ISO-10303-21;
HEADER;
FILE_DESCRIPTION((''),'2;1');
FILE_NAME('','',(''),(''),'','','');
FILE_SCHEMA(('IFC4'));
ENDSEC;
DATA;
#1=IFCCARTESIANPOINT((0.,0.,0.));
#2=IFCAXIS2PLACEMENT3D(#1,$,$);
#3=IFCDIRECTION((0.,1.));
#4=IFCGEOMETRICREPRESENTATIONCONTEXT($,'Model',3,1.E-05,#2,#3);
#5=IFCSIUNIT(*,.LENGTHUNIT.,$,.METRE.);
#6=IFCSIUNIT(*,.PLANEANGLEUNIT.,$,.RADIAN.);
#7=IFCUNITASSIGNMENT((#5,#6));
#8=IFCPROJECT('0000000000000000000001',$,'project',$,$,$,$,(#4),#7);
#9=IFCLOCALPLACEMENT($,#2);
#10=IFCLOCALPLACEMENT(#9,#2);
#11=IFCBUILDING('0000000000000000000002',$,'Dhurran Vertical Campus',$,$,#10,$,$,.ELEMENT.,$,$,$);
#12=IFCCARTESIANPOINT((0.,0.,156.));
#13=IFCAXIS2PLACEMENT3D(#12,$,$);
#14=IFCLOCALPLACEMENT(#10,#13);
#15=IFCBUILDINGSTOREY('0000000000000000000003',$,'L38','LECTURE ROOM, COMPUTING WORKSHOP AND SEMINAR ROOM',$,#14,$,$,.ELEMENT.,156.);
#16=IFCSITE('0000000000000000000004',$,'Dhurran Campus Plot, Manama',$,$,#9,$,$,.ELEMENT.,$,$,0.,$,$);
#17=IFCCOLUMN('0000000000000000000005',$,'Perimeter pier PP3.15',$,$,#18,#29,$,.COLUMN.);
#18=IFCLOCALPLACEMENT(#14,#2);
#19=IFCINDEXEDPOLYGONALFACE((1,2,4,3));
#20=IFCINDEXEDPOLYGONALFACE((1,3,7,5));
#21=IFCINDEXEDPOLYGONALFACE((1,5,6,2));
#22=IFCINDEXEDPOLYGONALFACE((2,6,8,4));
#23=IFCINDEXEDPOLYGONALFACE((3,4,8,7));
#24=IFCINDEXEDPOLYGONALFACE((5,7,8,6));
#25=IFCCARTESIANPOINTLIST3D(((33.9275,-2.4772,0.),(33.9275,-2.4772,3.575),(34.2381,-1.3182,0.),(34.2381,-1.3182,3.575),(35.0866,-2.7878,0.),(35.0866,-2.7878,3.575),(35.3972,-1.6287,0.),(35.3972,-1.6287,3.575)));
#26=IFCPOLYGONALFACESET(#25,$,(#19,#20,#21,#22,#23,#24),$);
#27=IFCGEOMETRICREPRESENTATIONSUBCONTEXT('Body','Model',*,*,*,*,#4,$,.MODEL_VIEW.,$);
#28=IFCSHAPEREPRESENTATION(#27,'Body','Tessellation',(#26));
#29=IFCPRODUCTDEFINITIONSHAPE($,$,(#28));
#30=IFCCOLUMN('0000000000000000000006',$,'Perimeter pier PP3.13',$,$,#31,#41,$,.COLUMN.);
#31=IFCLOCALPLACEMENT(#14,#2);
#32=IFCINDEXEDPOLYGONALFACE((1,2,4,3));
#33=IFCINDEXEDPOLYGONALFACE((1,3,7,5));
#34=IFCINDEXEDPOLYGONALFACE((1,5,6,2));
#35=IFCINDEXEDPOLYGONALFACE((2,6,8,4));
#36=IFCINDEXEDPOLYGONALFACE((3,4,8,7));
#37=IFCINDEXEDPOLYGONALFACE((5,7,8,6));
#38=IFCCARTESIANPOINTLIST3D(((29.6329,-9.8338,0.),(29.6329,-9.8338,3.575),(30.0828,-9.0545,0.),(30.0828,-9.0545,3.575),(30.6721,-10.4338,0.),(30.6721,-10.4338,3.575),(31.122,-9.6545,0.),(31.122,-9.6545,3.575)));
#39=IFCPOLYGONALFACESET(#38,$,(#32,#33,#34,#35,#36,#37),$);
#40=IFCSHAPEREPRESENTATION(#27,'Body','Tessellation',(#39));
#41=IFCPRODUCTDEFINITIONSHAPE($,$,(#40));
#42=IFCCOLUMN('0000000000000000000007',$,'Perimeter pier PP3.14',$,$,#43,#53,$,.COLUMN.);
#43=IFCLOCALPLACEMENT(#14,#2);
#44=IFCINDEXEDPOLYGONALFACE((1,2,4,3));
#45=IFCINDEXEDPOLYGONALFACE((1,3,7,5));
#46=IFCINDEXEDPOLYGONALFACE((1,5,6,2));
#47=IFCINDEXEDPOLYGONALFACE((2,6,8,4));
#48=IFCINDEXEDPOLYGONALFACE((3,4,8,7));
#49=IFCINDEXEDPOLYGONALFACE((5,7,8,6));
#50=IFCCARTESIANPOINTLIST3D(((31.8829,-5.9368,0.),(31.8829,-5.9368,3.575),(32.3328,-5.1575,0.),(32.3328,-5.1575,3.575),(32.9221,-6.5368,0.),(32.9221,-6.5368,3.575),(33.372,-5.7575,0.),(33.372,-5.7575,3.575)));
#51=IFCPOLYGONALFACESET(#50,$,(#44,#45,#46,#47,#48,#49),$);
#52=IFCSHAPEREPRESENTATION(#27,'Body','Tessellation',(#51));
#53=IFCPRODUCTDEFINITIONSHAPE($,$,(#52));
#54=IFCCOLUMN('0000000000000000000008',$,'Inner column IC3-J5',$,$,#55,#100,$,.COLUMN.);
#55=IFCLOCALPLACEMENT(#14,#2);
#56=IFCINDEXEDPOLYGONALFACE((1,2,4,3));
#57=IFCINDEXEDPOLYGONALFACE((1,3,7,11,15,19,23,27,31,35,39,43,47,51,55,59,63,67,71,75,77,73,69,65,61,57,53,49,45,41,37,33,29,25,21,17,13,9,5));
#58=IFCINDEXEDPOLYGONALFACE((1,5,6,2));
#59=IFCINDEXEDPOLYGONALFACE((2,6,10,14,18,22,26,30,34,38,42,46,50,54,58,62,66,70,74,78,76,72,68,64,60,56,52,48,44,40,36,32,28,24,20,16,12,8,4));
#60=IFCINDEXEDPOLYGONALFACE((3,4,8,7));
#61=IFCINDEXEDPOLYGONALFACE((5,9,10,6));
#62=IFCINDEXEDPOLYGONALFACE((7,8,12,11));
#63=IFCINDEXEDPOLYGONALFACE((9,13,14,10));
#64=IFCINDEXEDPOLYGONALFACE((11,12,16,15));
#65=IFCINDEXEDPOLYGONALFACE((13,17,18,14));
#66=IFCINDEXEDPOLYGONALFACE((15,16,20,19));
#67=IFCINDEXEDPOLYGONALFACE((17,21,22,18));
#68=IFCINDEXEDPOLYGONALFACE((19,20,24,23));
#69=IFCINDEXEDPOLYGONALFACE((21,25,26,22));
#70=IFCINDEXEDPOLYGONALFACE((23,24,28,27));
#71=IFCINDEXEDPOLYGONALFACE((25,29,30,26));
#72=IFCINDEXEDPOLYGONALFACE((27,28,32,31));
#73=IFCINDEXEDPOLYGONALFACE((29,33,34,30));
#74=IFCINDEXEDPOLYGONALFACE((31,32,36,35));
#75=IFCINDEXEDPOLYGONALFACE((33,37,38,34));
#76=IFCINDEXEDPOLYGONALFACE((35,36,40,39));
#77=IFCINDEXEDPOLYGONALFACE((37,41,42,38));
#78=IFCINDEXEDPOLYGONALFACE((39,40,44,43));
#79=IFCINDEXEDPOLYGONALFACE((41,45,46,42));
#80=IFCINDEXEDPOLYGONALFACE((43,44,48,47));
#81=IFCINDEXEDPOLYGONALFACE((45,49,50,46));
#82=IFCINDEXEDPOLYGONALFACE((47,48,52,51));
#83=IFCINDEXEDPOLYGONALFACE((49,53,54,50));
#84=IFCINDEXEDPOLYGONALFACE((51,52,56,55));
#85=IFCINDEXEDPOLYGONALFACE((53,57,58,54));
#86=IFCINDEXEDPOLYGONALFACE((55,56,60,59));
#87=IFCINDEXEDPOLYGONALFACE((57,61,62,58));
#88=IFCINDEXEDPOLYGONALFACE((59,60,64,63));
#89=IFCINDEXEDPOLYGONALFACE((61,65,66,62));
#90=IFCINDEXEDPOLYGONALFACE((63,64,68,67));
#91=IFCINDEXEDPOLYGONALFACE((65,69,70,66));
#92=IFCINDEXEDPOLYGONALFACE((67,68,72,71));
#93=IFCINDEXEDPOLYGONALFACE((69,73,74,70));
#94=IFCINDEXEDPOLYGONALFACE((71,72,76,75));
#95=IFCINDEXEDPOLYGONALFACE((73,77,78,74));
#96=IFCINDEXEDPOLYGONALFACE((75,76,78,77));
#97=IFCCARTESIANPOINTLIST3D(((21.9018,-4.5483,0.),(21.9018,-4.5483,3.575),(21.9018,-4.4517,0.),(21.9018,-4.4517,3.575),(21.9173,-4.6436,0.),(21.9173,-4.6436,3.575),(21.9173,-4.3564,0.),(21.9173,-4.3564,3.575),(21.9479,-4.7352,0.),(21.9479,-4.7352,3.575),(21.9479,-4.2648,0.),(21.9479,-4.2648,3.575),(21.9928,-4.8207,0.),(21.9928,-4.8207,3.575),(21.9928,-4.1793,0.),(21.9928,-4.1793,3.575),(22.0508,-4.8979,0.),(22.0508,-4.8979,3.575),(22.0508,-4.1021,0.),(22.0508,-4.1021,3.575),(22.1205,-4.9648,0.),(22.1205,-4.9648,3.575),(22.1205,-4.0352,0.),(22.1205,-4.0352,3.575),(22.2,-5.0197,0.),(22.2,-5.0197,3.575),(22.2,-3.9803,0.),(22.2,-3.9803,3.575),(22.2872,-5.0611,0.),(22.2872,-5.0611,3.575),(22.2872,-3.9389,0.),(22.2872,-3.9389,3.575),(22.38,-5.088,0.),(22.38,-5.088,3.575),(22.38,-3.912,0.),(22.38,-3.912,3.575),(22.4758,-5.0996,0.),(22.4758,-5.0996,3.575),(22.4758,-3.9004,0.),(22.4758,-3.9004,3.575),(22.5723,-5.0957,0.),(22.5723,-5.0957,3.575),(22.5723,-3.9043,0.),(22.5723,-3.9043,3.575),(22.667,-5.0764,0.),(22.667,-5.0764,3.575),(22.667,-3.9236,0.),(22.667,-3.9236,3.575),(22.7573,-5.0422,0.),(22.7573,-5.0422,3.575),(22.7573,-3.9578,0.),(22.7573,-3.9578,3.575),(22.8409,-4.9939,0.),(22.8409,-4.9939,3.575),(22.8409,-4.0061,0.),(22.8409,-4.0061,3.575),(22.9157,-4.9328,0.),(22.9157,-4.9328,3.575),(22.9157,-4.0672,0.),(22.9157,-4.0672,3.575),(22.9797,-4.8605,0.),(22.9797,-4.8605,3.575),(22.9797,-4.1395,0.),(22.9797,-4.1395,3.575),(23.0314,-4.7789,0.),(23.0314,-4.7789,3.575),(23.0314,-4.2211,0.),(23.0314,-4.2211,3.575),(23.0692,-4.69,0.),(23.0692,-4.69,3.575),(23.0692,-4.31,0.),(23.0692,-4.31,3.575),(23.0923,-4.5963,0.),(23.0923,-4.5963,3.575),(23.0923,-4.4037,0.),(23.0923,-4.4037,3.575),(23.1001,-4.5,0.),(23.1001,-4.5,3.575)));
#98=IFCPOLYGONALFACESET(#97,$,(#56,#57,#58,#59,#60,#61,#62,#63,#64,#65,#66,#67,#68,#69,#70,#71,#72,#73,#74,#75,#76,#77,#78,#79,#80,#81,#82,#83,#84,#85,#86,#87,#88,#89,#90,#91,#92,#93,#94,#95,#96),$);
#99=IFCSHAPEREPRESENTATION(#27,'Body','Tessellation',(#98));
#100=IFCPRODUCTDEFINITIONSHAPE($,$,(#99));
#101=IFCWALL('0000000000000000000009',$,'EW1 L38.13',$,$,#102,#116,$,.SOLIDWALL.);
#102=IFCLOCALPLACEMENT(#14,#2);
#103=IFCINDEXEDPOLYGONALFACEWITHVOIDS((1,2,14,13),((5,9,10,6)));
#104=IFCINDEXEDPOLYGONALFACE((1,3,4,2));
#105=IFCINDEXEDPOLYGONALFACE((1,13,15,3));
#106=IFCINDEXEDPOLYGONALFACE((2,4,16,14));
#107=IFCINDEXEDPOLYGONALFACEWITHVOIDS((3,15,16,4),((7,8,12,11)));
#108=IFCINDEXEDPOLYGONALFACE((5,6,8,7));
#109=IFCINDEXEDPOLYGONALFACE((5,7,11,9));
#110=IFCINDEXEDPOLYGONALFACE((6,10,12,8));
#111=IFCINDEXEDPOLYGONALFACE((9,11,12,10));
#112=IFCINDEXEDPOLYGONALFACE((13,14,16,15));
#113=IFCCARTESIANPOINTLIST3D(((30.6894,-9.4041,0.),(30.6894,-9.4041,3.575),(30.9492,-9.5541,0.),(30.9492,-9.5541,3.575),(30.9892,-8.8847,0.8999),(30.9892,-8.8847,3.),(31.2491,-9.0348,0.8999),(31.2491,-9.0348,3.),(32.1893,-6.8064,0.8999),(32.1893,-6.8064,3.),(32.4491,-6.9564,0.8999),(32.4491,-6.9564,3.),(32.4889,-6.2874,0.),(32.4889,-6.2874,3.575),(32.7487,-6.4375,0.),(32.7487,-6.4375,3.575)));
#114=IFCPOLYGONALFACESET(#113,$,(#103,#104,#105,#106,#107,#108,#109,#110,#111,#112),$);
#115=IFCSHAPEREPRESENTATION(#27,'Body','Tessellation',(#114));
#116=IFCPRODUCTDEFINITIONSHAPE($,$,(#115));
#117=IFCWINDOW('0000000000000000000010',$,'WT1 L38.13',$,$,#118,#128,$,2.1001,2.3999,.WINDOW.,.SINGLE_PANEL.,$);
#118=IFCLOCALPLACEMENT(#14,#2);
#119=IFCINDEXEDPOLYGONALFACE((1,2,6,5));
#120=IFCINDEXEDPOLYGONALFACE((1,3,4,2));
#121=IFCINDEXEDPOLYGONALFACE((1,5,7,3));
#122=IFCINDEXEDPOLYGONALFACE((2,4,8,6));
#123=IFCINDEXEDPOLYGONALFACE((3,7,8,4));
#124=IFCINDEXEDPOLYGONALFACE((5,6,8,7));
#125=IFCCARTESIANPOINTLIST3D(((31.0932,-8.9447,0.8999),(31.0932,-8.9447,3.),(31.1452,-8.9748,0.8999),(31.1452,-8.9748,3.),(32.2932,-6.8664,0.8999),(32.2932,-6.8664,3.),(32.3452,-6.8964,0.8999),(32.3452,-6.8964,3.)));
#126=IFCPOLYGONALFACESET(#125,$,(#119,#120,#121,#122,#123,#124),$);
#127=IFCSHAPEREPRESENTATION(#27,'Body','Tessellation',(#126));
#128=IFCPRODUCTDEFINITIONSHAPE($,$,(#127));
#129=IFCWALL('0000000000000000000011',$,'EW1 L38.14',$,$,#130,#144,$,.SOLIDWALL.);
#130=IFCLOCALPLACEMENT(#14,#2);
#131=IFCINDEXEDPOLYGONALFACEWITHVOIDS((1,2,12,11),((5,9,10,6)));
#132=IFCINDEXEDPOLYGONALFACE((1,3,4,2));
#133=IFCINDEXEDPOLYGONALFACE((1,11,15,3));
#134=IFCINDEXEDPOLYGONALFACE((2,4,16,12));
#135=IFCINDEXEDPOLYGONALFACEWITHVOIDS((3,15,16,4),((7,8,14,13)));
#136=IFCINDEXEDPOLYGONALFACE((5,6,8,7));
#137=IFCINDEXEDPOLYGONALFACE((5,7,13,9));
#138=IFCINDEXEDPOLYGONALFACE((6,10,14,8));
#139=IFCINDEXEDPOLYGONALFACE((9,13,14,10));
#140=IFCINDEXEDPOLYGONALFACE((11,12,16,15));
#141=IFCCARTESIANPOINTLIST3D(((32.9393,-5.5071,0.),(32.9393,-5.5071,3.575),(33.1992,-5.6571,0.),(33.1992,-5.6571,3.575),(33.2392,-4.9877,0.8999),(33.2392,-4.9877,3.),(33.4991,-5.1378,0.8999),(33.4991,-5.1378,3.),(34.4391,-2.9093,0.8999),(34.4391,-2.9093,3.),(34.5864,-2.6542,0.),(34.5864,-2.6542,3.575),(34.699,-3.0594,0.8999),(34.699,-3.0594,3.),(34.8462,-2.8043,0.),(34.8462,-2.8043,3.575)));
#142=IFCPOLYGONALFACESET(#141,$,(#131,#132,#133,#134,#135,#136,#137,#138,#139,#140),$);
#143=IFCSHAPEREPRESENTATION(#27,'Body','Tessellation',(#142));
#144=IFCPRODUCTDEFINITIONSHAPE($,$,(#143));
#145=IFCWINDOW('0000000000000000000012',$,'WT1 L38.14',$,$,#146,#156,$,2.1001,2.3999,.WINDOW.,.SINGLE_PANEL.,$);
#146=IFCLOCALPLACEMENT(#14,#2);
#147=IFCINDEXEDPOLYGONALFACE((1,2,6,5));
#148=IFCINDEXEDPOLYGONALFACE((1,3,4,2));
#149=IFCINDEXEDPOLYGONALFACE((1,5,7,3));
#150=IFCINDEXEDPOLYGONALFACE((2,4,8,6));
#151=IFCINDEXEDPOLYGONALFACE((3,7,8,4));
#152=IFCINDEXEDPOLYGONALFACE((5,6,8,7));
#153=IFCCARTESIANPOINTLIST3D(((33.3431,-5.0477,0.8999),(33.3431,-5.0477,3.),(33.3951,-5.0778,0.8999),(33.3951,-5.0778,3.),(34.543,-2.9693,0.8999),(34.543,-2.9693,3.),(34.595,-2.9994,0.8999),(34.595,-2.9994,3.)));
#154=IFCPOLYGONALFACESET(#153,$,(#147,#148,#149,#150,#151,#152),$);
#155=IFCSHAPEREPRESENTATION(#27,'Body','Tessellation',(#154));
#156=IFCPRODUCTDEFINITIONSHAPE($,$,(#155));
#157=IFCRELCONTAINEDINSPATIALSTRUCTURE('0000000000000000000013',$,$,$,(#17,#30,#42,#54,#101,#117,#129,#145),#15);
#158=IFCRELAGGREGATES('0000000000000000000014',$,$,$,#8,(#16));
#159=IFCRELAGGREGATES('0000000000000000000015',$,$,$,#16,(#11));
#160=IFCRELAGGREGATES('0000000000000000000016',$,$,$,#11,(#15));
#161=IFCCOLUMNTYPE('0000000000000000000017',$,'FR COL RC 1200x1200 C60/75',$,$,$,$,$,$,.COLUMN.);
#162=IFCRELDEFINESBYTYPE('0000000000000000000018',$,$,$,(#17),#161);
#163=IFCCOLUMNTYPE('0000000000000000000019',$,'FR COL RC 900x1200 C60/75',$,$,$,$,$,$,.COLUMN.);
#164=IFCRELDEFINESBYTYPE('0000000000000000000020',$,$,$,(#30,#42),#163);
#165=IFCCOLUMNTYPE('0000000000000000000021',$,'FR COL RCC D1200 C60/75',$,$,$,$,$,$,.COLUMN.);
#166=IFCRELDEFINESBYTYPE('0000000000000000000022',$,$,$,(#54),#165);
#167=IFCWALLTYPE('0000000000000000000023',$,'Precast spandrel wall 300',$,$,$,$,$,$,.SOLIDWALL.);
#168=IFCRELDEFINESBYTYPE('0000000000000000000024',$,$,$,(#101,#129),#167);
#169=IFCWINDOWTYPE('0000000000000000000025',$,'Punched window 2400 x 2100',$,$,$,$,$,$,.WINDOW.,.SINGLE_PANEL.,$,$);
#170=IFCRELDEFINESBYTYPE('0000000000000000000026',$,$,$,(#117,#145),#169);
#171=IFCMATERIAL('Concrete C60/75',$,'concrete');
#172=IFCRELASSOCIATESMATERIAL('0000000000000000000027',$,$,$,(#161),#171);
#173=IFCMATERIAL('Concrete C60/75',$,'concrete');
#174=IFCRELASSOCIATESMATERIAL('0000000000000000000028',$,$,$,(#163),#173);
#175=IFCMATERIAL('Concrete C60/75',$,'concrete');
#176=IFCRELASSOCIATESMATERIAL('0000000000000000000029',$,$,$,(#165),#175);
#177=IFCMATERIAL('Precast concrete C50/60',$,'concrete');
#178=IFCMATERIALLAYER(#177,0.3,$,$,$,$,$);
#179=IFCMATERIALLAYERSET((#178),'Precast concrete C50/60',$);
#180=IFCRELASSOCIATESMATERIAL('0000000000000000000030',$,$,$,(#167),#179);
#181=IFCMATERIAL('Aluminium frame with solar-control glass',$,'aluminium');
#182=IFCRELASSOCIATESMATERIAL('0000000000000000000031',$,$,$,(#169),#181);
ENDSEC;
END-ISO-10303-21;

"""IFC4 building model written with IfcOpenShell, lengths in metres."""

from ifc_helpers import new_model, si_unit, direction, frame, frame_2d, origin, origin_2d, place, context, subcontext, project, spatial, rectangle, circle, extrude, material, layer, layer_set, material_profile, profile_set, type_object, element, fill, save


model = new_model("IFC4")

# Units and contexts
model_context = context("Model", 3, precision=1e-05, world=origin(), true_north=direction((0.0, 1.0)))
body_context = subcontext(model_context, "Body", "Model", "MODEL_VIEW")
ifc_project = project(units=[si_unit("LENGTHUNIT", "METRE"), si_unit("PLANEANGLEUNIT", "RADIAN")], contexts=[model_context])

# Site, building, storey
site_placement = place(None, origin())
site = spatial("IfcSite", under=ifc_project, at=site_placement, Name="Dhurran Campus Plot, Manama", CompositionType="ELEMENT", RefElevation=0.0)
building_placement = place(site_placement, origin())
building = spatial("IfcBuilding", under=site, at=building_placement, Name="Dhurran Vertical Campus", CompositionType="ELEMENT")
storey_placement = place(building_placement, frame((0.0, 0.0, 156.0)))
storey = spatial("IfcBuildingStorey", under=building, at=storey_placement, Name="L38", Description="LECTURE ROOM, COMPUTING WORKSHOP AND SEMINAR ROOM", CompositionType="ELEMENT", Elevation=156.0)

# Columns
ifc_material_1 = material(Name="Concrete C60/75", Category="concrete")
ifc_material_profile_1 = material_profile(ifc_material_1, rectangle(XDim=1.2, YDim=1.2, at=origin_2d()), Name="RC 1200x1200")
ifc_profile_set_1 = profile_set([ifc_material_profile_1], Name="Concrete C60/75")
column_type_1 = type_object("IfcColumnType", Name="FR COL RC 1200x1200 C60/75", PredefinedType="COLUMN", material=ifc_profile_set_1)
column_1_placement = place(storey_placement, frame((34.6624, -2.053, 0.0), z_axis=(0.0, 0.0, 1.0), x_axis=(0.258819, 0.965926, 0.0)))
element("IfcColumn", 1, at=column_1_placement, inside=storey, type_object=column_type_1, Name="Perimeter pier PP3.15", PredefinedType="COLUMN", context=body_context, shape_type="SweptSolid", body=[
    extrude(rectangle(XDim=1.2, YDim=1.2, at=origin_2d()), origin(), (0.0, 0.0, 1.0), 3.575),
])
ifc_material_2 = material(Name="Concrete C60/75", Category="concrete")
ifc_material_profile_2 = material_profile(ifc_material_2, rectangle(XDim=0.8999, YDim=1.2, at=origin_2d()), Name="RC 900x1200")
ifc_profile_set_2 = profile_set([ifc_material_profile_2], Name="Concrete C60/75")
column_type_2 = type_object("IfcColumnType", Name="FR COL RC 900x1200 C60/75", PredefinedType="COLUMN", material=ifc_profile_set_2)
for number, where, z_axis, x_axis, name in (
    (2, (30.3774, -9.7441, 0.0), (0.0, 0.0, 1.0), (0.5, 0.866025, 0.0), "Perimeter pier PP3.13"),
    (3, (32.6274, -5.8472, 0.0), (0.0, 0.0, 1.0), (0.5, 0.866025, 0.0), "Perimeter pier PP3.14"),
):
    element("IfcColumn", number, at=place(storey_placement, frame(where, z_axis=z_axis, x_axis=x_axis)), inside=storey, type_object=column_type_2, Name=name, PredefinedType="COLUMN", context=body_context, shape_type="SweptSolid", body=[
        extrude(rectangle(XDim=0.8999, YDim=1.2, at=origin_2d()), origin(), (0.0, 0.0, 1.0), 3.575),
    ])
ifc_material_3 = material(Name="Concrete C60/75", Category="concrete")
ifc_material_profile_3 = material_profile(ifc_material_3, circle(Radius=0.6001, at=origin_2d()), Name="RCC D1200")
ifc_profile_set_3 = profile_set([ifc_material_profile_3], Name="Concrete C60/75")
column_type_3 = type_object("IfcColumnType", Name="FR COL RCC D1200 C60/75", PredefinedType="COLUMN", material=ifc_profile_set_3)
column_2_placement = place(storey_placement, frame((22.5, -4.5, 0.0), z_axis=(0.0, 0.0, 1.0), x_axis=(1.0, 0.0, 0.0)))
element("IfcColumn", 4, at=column_2_placement, inside=storey, type_object=column_type_3, Name="Inner column IC3-J5", PredefinedType="COLUMN", context=body_context, shape_type="SweptSolid", body=[
    extrude(circle(Radius=0.6001, at=origin_2d()), origin(), (0.0, 0.0, 1.0), 3.575),
])

# Walls, openings, windows
ifc_material_4 = material(Name="Precast concrete C50/60", Category="concrete")
ifc_layer_1 = layer(ifc_material_4, 0.3)
ifc_layer_set_1 = layer_set([ifc_layer_1], Name="Precast concrete C50/60")
wall_type_1 = type_object("IfcWallType", Name="Precast spandrel wall 300", PredefinedType="SOLIDWALL", material=ifc_layer_set_1)
wall_1_placement = place(storey_placement, frame((30.8193, -9.479, 0.0), z_axis=(0.0, 0.0, 1.0), x_axis=(0.500028, 0.866009, 0.0)))
wall_1 = element("IfcWall", 5, at=wall_1_placement, inside=storey, type_object=wall_type_1, Name="EW1 L38.13", PredefinedType="SOLIDWALL", context=body_context, shape_type="SweptSolid", body=[
    extrude(rectangle(XDim=3.5989, YDim=0.3, at=frame_2d((1.7993, 0.0))), origin(), (0.0, 0.0, 1.0), 3.575),
])
opening_1_placement = place(wall_1_placement, frame((0.5996, 0.0, 0.8999)))
opening_1 = element("IfcOpeningElement", 6, at=opening_1_placement, cuts=wall_1, PredefinedType="OPENING", context=body_context, shape_type="SweptSolid", body=[
    extrude(rectangle(XDim=2.3999, YDim=2.1001, at=frame_2d((1.2, 1.05))), frame((0.0, 0.1599, 0.0), z_axis=(0.0, -1.0, 0.0), x_axis=(1.0, 0.0, 0.0)), (0.0, 0.0, 1.0), 0.3201),
])
ifc_material_5 = material(Name="Aluminium frame with solar-control glass", Category="aluminium")
window_type = type_object("IfcWindowType", Name="Punched window 2400 x 2100", PartitioningType="SINGLE_PANEL", PredefinedType="WINDOW", material=ifc_material_5)
window_1_placement = place(opening_1_placement, origin())
window_1 = element("IfcWindow", 7, at=window_1_placement, inside=storey, type_object=window_type, Name="WT1 L38.13", OverallHeight=2.1001, OverallWidth=2.3999, PartitioningType="SINGLE_PANEL", PredefinedType="WINDOW", context=body_context, shape_type="SweptSolid", body=[
    extrude(rectangle(XDim=2.3999, YDim=2.1001, at=frame_2d((1.2, 1.05))), frame((0.0, 0.03, 0.0), z_axis=(0.0, -1.0, 0.0), x_axis=(1.0, 0.0, 0.0)), (0.0, 0.0, 1.0), 0.0601),
])
fill(opening_1, window_1)
wall_2_placement = place(storey_placement, frame((33.0693, -5.582, 0.0), z_axis=(0.0, 0.0, 1.0), x_axis=(0.499981, 0.866036, 0.0)))
wall_2 = element("IfcWall", 8, at=wall_2_placement, inside=storey, type_object=wall_type_1, Name="EW1 L38.14", PredefinedType="SOLIDWALL", context=body_context, shape_type="SweptSolid", body=[
    extrude(rectangle(XDim=3.2942, YDim=0.3, at=frame_2d((1.647, 0.0))), origin(), (0.0, 0.0, 1.0), 3.575),
])
opening_2_placement = place(wall_2_placement, frame((0.5996, 0.0, 0.8999)))
opening_2 = element("IfcOpeningElement", 9, at=opening_2_placement, cuts=wall_2, PredefinedType="OPENING", context=body_context, shape_type="SweptSolid", body=[
    extrude(rectangle(XDim=2.3999, YDim=2.1001, at=frame_2d((1.2, 1.05))), frame((0.0, 0.1599, 0.0), z_axis=(0.0, -1.0, 0.0), x_axis=(1.0, 0.0, 0.0)), (0.0, 0.0, 1.0), 0.3201),
])
window_2_placement = place(opening_2_placement, origin())
window_2 = element("IfcWindow", 10, at=window_2_placement, inside=storey, type_object=window_type, Name="WT1 L38.14", OverallHeight=2.1001, OverallWidth=2.3999, PartitioningType="SINGLE_PANEL", PredefinedType="WINDOW", context=body_context, shape_type="SweptSolid", body=[
    extrude(rectangle(XDim=2.3999, YDim=2.1001, at=frame_2d((1.2, 1.05))), frame((0.0, 0.03, 0.0), z_axis=(0.0, -1.0, 0.0), x_axis=(1.0, 0.0, 0.0)), (0.0, 0.0, 1.0), 0.0601),
])
fill(opening_2, window_2)

save(model, "model.ifc")
